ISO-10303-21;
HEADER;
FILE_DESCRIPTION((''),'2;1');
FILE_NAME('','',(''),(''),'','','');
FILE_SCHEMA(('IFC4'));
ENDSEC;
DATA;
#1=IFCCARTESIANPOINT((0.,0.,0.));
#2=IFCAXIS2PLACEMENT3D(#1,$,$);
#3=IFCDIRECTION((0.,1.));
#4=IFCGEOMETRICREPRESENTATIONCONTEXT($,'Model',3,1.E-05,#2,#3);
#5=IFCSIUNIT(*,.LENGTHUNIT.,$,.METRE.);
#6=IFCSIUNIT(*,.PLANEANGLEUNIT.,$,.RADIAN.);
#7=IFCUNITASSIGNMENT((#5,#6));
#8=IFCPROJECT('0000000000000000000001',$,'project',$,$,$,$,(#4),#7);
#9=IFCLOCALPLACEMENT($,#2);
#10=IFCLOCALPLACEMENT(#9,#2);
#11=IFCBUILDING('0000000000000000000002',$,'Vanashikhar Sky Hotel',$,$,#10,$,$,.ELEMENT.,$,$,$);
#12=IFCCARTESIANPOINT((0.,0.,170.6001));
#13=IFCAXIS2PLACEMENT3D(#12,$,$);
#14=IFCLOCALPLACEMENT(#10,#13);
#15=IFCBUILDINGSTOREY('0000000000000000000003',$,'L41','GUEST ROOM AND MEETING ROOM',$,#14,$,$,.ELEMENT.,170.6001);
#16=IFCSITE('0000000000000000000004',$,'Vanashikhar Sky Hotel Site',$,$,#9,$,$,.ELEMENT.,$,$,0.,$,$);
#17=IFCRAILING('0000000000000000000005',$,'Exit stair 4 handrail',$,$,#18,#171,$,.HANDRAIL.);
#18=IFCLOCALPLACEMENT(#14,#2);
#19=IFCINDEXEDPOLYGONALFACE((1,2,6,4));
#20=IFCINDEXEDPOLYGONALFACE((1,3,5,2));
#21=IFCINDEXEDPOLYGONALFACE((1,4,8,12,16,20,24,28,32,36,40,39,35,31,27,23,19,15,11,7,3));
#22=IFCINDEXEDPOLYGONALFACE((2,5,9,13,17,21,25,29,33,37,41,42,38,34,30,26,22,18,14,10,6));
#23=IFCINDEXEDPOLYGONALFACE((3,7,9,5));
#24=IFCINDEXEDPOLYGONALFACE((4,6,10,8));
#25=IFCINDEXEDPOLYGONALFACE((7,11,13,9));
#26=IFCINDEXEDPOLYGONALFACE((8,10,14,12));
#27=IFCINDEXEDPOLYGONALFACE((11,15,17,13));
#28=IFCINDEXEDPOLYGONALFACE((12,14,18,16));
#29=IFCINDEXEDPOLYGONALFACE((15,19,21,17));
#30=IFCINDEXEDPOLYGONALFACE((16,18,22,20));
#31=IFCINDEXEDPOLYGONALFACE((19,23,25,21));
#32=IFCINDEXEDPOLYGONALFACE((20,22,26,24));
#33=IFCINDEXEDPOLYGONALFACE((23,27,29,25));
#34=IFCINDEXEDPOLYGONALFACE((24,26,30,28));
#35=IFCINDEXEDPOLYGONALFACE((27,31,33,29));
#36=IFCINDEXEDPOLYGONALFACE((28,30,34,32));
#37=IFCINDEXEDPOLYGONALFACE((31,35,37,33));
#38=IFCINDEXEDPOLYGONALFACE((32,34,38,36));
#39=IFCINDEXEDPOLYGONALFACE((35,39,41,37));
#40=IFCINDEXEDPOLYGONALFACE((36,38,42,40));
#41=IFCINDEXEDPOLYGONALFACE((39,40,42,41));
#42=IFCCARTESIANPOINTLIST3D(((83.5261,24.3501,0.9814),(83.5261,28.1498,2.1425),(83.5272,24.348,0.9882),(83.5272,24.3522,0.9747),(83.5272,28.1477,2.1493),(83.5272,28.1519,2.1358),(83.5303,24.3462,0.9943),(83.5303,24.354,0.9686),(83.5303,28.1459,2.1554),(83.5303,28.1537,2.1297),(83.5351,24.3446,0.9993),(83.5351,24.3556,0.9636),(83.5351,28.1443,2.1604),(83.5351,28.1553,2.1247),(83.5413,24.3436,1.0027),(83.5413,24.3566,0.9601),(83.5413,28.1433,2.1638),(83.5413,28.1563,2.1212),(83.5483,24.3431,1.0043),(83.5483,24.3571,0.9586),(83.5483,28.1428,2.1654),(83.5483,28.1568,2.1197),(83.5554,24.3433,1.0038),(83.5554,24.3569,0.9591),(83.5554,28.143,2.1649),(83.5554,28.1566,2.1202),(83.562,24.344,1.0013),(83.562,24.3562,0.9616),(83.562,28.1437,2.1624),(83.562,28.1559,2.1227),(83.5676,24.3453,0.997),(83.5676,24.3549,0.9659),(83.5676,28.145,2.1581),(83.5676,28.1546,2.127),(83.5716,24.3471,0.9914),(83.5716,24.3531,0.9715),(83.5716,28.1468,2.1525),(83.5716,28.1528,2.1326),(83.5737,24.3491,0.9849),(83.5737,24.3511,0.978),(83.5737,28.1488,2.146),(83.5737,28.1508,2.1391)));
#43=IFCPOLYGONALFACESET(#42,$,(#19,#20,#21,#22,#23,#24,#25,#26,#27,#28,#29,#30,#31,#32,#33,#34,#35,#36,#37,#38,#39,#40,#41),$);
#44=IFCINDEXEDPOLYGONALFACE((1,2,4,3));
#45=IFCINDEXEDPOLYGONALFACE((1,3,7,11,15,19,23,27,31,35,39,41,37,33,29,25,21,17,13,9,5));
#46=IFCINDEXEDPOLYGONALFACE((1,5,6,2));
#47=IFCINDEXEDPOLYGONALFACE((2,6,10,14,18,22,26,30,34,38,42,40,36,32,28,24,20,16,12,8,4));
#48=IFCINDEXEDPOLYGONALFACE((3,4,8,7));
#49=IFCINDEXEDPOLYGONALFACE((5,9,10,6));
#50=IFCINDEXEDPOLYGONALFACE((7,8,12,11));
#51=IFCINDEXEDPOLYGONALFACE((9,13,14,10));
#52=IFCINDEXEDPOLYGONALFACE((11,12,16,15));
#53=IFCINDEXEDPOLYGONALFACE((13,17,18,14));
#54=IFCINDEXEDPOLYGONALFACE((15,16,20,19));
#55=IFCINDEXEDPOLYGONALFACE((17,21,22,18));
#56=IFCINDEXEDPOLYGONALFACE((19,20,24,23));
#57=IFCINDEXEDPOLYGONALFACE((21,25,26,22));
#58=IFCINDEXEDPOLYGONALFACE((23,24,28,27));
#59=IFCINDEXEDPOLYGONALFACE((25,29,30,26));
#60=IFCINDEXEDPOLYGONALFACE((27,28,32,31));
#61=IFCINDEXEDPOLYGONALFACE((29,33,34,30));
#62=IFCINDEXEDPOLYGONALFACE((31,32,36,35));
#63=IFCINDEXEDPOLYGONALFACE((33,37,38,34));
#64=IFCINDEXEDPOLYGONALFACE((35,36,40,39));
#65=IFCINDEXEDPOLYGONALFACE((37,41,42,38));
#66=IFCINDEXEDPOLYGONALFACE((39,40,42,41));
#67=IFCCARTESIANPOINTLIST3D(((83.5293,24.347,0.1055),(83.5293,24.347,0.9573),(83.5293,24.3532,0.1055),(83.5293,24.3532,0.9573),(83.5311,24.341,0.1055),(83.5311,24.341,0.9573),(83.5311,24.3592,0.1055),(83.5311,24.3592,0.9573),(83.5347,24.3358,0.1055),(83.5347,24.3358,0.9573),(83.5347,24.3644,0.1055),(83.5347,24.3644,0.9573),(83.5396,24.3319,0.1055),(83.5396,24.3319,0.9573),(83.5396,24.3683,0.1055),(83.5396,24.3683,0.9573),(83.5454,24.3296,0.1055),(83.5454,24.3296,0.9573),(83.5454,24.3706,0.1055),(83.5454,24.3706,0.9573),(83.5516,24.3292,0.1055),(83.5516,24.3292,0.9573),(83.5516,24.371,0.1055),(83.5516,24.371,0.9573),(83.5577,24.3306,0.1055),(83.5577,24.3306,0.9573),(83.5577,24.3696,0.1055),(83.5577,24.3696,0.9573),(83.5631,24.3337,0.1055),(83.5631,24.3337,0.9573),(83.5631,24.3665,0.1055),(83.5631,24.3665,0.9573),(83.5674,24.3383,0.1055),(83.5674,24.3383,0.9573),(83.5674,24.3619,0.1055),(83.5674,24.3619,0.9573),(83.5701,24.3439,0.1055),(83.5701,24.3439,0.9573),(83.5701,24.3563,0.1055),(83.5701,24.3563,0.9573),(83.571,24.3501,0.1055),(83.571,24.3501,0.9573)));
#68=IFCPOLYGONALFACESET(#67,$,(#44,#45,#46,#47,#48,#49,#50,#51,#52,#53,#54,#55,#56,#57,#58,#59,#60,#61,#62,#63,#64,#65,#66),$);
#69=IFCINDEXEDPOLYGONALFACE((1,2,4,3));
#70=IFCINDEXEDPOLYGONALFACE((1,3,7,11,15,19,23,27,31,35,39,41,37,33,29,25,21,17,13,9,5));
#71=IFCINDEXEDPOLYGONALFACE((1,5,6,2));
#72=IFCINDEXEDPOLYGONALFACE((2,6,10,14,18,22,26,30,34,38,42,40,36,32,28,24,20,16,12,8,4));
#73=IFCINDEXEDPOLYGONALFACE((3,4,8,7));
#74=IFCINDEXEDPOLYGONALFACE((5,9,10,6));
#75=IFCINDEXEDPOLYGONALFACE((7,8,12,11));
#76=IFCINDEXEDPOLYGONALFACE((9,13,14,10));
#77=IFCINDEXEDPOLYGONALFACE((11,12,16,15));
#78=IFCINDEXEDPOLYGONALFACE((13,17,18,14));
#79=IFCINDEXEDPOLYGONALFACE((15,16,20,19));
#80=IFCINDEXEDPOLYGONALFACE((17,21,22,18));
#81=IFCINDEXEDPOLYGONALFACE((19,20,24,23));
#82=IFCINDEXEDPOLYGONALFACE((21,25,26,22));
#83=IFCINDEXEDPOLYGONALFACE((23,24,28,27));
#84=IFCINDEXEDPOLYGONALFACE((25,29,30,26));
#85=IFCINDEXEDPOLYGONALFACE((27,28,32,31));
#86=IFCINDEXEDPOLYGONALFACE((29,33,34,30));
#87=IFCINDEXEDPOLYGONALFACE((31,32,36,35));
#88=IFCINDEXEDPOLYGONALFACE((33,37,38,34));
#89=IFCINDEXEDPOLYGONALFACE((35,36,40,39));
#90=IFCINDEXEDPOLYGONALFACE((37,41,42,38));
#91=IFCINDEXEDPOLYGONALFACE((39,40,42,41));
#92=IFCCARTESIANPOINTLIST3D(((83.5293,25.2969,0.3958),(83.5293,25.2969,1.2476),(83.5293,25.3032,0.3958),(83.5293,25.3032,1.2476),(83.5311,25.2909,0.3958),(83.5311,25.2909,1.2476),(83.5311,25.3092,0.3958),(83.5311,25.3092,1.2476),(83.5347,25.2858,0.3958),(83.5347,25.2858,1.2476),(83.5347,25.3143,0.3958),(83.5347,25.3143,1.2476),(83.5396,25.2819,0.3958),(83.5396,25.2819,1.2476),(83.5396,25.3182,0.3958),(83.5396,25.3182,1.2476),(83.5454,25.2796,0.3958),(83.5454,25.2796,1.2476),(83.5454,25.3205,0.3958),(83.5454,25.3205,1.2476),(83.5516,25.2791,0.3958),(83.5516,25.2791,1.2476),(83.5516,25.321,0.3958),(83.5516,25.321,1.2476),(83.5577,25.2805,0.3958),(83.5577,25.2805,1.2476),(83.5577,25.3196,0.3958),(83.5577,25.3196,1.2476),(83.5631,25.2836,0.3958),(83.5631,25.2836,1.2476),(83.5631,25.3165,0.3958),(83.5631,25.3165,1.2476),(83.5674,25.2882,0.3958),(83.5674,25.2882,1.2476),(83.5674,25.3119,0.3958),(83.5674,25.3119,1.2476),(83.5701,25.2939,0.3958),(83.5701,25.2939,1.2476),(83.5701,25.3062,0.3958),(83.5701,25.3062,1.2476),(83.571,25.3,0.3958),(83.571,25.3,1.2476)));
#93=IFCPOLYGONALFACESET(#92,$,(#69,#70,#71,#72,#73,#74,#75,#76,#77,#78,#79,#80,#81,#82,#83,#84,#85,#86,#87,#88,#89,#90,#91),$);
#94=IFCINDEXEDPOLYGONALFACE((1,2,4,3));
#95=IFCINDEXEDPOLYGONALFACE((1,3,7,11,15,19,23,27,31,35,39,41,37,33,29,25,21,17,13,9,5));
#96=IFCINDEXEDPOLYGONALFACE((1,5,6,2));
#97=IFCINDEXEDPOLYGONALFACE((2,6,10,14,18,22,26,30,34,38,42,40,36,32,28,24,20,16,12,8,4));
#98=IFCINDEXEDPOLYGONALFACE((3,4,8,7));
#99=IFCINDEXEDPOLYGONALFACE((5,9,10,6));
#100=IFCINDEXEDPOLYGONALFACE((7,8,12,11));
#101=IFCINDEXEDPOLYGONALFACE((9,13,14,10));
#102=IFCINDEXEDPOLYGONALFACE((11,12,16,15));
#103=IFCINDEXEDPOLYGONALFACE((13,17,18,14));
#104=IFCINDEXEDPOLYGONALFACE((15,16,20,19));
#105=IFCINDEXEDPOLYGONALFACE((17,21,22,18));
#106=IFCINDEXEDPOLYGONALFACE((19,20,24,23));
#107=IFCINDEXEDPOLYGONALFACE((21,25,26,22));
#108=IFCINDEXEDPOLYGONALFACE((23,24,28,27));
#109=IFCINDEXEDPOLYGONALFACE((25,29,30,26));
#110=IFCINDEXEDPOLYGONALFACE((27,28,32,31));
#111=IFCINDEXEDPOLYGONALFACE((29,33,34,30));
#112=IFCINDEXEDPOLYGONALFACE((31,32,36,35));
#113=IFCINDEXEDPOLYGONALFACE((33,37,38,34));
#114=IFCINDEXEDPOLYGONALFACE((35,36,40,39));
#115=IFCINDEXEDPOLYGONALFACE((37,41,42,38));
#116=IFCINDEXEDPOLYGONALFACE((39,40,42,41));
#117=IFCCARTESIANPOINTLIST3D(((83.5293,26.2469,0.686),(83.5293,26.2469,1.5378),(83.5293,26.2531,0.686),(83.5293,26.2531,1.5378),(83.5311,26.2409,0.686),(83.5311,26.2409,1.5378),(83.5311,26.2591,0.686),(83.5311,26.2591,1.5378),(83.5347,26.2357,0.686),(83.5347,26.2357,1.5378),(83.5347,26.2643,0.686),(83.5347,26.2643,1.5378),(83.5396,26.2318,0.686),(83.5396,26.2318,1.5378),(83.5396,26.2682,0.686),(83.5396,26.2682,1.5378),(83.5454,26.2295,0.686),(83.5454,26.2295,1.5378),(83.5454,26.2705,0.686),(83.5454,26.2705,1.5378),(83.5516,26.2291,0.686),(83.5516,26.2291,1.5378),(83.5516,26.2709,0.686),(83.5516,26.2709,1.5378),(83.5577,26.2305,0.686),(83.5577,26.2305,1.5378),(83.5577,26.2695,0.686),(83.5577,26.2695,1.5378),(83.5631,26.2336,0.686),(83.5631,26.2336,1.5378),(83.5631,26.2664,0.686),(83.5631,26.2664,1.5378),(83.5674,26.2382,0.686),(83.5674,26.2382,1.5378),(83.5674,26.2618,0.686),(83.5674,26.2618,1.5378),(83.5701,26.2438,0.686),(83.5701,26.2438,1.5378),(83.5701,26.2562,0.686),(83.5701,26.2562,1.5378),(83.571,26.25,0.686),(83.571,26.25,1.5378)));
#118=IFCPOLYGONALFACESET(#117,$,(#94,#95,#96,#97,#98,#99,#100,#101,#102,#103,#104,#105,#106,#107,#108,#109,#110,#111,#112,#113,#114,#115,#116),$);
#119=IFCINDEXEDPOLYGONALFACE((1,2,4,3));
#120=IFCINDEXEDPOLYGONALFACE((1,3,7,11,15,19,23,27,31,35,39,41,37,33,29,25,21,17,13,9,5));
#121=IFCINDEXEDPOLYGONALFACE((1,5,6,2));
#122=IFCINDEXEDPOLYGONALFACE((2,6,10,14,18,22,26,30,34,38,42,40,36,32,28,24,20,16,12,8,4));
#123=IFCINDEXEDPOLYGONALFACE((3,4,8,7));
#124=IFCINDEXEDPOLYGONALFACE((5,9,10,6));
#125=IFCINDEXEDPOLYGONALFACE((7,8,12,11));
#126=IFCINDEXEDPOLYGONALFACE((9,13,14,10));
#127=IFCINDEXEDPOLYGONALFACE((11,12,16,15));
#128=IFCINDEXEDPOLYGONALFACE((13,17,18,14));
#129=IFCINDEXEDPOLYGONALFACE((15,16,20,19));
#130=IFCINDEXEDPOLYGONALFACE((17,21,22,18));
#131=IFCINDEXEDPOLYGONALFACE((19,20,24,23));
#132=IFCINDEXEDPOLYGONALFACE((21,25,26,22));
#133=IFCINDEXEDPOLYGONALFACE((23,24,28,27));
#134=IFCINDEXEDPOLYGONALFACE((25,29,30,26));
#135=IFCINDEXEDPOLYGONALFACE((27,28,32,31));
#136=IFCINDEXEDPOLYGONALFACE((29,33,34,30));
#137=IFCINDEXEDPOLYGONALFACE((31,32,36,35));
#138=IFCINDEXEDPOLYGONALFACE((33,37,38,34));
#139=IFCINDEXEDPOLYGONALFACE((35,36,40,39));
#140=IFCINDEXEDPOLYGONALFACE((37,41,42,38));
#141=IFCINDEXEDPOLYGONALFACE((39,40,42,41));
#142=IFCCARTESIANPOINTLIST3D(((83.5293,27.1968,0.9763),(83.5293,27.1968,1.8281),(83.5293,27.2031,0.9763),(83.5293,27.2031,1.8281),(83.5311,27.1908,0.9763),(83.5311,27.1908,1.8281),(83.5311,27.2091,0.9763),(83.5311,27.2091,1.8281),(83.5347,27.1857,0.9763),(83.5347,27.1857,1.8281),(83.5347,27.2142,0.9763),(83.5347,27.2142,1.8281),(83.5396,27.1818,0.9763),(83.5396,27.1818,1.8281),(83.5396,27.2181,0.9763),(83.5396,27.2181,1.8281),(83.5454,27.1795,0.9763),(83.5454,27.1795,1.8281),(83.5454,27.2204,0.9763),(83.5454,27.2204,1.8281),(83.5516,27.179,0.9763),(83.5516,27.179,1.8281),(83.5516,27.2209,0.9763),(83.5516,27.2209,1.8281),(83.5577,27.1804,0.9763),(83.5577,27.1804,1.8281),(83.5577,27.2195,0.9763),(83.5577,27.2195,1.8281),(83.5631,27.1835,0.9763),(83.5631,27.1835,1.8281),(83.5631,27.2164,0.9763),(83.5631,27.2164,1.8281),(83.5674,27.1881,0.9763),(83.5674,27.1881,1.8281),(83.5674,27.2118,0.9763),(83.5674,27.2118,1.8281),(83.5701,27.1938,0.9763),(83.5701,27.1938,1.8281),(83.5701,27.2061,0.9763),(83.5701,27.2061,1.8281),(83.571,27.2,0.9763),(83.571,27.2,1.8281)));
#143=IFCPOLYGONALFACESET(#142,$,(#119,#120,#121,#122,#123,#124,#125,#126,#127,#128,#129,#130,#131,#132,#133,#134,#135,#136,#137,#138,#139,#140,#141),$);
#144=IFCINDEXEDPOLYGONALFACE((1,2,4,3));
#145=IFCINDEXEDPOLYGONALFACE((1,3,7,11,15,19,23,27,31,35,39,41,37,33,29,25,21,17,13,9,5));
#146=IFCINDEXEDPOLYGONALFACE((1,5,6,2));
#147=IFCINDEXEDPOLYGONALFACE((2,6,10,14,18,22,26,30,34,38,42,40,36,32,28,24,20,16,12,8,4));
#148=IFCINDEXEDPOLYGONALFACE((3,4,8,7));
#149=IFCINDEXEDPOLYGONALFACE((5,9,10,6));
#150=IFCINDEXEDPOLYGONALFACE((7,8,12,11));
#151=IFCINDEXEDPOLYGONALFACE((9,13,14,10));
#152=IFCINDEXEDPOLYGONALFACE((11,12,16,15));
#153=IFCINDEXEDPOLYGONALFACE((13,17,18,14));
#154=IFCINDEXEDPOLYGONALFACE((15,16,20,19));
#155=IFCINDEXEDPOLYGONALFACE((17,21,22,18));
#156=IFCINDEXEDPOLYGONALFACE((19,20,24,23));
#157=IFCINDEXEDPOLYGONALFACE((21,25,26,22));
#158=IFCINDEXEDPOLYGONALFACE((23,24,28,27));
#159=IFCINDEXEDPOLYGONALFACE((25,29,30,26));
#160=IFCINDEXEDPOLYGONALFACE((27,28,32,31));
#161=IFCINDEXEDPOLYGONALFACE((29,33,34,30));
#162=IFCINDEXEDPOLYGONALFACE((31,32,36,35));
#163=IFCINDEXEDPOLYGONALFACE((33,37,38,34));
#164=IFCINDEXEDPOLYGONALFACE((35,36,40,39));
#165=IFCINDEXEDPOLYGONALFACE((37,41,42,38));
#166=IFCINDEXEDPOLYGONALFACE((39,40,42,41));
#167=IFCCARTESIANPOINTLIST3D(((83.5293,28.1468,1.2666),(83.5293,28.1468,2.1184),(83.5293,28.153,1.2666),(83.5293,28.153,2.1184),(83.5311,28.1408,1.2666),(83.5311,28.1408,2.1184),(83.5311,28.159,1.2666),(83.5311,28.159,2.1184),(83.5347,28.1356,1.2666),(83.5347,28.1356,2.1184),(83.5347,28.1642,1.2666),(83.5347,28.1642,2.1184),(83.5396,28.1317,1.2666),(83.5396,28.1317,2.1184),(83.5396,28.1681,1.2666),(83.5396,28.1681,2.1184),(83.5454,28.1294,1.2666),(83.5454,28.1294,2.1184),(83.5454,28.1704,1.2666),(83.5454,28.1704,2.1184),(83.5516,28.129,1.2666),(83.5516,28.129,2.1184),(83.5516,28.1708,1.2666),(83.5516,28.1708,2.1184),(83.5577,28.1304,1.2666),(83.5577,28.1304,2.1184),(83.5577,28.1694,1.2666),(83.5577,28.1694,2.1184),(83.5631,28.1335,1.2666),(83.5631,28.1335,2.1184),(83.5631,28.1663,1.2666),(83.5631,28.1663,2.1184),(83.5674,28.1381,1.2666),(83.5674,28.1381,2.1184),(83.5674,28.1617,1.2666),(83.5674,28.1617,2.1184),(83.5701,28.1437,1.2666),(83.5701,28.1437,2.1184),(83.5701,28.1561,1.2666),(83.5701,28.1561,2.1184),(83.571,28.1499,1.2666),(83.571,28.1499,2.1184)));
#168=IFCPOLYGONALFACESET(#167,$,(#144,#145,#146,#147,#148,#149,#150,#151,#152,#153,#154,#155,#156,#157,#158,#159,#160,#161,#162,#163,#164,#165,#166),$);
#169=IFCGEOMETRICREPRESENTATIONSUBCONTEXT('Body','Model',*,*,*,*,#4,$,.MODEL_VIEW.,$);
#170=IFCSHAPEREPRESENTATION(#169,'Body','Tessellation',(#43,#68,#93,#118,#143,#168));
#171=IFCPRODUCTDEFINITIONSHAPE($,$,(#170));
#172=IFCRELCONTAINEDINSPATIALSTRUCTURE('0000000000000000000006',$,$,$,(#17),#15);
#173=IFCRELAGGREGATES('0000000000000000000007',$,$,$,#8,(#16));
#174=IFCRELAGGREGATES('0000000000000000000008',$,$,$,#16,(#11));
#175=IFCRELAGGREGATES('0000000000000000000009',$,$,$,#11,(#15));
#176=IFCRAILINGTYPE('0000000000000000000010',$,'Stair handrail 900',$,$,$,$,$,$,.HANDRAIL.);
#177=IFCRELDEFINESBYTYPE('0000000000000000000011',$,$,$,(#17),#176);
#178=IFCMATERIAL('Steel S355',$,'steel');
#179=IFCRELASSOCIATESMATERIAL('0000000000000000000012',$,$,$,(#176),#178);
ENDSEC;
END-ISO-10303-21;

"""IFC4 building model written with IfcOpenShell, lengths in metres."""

from ifc_helpers import new_model, si_unit, direction, frame, origin, origin_2d, place, context, subcontext, project, spatial, circle, extrude, source, transform, mapped, material, type_object, element, save


model = new_model("IFC4")

# Units and contexts
model_context = context("Model", 3, precision=1e-05, world=origin(), true_north=direction((0.0, 1.0)))
body_context = subcontext(model_context, "Body", "Model", "MODEL_VIEW")
ifc_project = project(units=[si_unit("LENGTHUNIT", "METRE"), si_unit("PLANEANGLEUNIT", "RADIAN")], contexts=[model_context])

# Site, building, storey
site_placement = place(None, origin())
site = spatial("IfcSite", under=ifc_project, at=site_placement, Name="Vanashikhar Sky Hotel Site", CompositionType="ELEMENT", RefElevation=0.0)
building_placement = place(site_placement, origin())
building = spatial("IfcBuilding", under=site, at=building_placement, Name="Vanashikhar Sky Hotel", CompositionType="ELEMENT")
storey_placement = place(building_placement, frame((0.0, 0.0, 170.6001)))
storey = spatial("IfcBuildingStorey", under=building, at=storey_placement, Name="L41", Description="GUEST ROOM AND MEETING ROOM", CompositionType="ELEMENT", Elevation=170.6001)

# Railing
ifc_material_1 = material(Name="Steel S355", Category="steel")
railing_type_1 = type_object("IfcRailingType", Name="Stair handrail 900", PredefinedType="HANDRAIL", material=ifc_material_1)
shared_shape_1 = source(origin(), body_context, "Body", "SweptSolid", [
    extrude(circle(Radius=0.0239, at=origin_2d()), frame((0.0, 0.0, 0.876), z_axis=(0.0, 0.956346, 0.292237), x_axis=(-1.0, 0.0, 0.0)), (0.0, 0.0, 1.0), 3.9731),
    extrude(circle(Radius=0.021, at=origin_2d()), origin(), (0.0, 0.0, 1.0), 0.8518),
    extrude(circle(Radius=0.021, at=origin_2d()), frame((0.0, 0.95, 0.2903)), (0.0, 0.0, 1.0), 0.8518),
    extrude(circle(Radius=0.021, at=origin_2d()), frame((0.0, 1.8999, 0.5806)), (0.0, 0.0, 1.0), 0.8518),
    extrude(circle(Radius=0.021, at=origin_2d()), frame((0.0, 2.8499, 0.8708)), (0.0, 0.0, 1.0), 0.8518),
    extrude(circle(Radius=0.021, at=origin_2d()), frame((0.0, 3.7998, 1.1611)), (0.0, 0.0, 1.0), 0.8518),
])
for number, where, name in (
    (1, (83.55, 24.3501, 0.1055), "Exit stair 4 handrail"),
):
    element("IfcRailing", number, at=place(storey_placement, frame(where)), inside=storey, type_object=railing_type_1, Name=name, PredefinedType="HANDRAIL", context=body_context, shape_type="MappedRepresentation", body=[
        mapped(shared_shape_1, transform((0.0, 0.0, 0.0), scale=1.0)),
    ])

save(model, "model.ifc")
